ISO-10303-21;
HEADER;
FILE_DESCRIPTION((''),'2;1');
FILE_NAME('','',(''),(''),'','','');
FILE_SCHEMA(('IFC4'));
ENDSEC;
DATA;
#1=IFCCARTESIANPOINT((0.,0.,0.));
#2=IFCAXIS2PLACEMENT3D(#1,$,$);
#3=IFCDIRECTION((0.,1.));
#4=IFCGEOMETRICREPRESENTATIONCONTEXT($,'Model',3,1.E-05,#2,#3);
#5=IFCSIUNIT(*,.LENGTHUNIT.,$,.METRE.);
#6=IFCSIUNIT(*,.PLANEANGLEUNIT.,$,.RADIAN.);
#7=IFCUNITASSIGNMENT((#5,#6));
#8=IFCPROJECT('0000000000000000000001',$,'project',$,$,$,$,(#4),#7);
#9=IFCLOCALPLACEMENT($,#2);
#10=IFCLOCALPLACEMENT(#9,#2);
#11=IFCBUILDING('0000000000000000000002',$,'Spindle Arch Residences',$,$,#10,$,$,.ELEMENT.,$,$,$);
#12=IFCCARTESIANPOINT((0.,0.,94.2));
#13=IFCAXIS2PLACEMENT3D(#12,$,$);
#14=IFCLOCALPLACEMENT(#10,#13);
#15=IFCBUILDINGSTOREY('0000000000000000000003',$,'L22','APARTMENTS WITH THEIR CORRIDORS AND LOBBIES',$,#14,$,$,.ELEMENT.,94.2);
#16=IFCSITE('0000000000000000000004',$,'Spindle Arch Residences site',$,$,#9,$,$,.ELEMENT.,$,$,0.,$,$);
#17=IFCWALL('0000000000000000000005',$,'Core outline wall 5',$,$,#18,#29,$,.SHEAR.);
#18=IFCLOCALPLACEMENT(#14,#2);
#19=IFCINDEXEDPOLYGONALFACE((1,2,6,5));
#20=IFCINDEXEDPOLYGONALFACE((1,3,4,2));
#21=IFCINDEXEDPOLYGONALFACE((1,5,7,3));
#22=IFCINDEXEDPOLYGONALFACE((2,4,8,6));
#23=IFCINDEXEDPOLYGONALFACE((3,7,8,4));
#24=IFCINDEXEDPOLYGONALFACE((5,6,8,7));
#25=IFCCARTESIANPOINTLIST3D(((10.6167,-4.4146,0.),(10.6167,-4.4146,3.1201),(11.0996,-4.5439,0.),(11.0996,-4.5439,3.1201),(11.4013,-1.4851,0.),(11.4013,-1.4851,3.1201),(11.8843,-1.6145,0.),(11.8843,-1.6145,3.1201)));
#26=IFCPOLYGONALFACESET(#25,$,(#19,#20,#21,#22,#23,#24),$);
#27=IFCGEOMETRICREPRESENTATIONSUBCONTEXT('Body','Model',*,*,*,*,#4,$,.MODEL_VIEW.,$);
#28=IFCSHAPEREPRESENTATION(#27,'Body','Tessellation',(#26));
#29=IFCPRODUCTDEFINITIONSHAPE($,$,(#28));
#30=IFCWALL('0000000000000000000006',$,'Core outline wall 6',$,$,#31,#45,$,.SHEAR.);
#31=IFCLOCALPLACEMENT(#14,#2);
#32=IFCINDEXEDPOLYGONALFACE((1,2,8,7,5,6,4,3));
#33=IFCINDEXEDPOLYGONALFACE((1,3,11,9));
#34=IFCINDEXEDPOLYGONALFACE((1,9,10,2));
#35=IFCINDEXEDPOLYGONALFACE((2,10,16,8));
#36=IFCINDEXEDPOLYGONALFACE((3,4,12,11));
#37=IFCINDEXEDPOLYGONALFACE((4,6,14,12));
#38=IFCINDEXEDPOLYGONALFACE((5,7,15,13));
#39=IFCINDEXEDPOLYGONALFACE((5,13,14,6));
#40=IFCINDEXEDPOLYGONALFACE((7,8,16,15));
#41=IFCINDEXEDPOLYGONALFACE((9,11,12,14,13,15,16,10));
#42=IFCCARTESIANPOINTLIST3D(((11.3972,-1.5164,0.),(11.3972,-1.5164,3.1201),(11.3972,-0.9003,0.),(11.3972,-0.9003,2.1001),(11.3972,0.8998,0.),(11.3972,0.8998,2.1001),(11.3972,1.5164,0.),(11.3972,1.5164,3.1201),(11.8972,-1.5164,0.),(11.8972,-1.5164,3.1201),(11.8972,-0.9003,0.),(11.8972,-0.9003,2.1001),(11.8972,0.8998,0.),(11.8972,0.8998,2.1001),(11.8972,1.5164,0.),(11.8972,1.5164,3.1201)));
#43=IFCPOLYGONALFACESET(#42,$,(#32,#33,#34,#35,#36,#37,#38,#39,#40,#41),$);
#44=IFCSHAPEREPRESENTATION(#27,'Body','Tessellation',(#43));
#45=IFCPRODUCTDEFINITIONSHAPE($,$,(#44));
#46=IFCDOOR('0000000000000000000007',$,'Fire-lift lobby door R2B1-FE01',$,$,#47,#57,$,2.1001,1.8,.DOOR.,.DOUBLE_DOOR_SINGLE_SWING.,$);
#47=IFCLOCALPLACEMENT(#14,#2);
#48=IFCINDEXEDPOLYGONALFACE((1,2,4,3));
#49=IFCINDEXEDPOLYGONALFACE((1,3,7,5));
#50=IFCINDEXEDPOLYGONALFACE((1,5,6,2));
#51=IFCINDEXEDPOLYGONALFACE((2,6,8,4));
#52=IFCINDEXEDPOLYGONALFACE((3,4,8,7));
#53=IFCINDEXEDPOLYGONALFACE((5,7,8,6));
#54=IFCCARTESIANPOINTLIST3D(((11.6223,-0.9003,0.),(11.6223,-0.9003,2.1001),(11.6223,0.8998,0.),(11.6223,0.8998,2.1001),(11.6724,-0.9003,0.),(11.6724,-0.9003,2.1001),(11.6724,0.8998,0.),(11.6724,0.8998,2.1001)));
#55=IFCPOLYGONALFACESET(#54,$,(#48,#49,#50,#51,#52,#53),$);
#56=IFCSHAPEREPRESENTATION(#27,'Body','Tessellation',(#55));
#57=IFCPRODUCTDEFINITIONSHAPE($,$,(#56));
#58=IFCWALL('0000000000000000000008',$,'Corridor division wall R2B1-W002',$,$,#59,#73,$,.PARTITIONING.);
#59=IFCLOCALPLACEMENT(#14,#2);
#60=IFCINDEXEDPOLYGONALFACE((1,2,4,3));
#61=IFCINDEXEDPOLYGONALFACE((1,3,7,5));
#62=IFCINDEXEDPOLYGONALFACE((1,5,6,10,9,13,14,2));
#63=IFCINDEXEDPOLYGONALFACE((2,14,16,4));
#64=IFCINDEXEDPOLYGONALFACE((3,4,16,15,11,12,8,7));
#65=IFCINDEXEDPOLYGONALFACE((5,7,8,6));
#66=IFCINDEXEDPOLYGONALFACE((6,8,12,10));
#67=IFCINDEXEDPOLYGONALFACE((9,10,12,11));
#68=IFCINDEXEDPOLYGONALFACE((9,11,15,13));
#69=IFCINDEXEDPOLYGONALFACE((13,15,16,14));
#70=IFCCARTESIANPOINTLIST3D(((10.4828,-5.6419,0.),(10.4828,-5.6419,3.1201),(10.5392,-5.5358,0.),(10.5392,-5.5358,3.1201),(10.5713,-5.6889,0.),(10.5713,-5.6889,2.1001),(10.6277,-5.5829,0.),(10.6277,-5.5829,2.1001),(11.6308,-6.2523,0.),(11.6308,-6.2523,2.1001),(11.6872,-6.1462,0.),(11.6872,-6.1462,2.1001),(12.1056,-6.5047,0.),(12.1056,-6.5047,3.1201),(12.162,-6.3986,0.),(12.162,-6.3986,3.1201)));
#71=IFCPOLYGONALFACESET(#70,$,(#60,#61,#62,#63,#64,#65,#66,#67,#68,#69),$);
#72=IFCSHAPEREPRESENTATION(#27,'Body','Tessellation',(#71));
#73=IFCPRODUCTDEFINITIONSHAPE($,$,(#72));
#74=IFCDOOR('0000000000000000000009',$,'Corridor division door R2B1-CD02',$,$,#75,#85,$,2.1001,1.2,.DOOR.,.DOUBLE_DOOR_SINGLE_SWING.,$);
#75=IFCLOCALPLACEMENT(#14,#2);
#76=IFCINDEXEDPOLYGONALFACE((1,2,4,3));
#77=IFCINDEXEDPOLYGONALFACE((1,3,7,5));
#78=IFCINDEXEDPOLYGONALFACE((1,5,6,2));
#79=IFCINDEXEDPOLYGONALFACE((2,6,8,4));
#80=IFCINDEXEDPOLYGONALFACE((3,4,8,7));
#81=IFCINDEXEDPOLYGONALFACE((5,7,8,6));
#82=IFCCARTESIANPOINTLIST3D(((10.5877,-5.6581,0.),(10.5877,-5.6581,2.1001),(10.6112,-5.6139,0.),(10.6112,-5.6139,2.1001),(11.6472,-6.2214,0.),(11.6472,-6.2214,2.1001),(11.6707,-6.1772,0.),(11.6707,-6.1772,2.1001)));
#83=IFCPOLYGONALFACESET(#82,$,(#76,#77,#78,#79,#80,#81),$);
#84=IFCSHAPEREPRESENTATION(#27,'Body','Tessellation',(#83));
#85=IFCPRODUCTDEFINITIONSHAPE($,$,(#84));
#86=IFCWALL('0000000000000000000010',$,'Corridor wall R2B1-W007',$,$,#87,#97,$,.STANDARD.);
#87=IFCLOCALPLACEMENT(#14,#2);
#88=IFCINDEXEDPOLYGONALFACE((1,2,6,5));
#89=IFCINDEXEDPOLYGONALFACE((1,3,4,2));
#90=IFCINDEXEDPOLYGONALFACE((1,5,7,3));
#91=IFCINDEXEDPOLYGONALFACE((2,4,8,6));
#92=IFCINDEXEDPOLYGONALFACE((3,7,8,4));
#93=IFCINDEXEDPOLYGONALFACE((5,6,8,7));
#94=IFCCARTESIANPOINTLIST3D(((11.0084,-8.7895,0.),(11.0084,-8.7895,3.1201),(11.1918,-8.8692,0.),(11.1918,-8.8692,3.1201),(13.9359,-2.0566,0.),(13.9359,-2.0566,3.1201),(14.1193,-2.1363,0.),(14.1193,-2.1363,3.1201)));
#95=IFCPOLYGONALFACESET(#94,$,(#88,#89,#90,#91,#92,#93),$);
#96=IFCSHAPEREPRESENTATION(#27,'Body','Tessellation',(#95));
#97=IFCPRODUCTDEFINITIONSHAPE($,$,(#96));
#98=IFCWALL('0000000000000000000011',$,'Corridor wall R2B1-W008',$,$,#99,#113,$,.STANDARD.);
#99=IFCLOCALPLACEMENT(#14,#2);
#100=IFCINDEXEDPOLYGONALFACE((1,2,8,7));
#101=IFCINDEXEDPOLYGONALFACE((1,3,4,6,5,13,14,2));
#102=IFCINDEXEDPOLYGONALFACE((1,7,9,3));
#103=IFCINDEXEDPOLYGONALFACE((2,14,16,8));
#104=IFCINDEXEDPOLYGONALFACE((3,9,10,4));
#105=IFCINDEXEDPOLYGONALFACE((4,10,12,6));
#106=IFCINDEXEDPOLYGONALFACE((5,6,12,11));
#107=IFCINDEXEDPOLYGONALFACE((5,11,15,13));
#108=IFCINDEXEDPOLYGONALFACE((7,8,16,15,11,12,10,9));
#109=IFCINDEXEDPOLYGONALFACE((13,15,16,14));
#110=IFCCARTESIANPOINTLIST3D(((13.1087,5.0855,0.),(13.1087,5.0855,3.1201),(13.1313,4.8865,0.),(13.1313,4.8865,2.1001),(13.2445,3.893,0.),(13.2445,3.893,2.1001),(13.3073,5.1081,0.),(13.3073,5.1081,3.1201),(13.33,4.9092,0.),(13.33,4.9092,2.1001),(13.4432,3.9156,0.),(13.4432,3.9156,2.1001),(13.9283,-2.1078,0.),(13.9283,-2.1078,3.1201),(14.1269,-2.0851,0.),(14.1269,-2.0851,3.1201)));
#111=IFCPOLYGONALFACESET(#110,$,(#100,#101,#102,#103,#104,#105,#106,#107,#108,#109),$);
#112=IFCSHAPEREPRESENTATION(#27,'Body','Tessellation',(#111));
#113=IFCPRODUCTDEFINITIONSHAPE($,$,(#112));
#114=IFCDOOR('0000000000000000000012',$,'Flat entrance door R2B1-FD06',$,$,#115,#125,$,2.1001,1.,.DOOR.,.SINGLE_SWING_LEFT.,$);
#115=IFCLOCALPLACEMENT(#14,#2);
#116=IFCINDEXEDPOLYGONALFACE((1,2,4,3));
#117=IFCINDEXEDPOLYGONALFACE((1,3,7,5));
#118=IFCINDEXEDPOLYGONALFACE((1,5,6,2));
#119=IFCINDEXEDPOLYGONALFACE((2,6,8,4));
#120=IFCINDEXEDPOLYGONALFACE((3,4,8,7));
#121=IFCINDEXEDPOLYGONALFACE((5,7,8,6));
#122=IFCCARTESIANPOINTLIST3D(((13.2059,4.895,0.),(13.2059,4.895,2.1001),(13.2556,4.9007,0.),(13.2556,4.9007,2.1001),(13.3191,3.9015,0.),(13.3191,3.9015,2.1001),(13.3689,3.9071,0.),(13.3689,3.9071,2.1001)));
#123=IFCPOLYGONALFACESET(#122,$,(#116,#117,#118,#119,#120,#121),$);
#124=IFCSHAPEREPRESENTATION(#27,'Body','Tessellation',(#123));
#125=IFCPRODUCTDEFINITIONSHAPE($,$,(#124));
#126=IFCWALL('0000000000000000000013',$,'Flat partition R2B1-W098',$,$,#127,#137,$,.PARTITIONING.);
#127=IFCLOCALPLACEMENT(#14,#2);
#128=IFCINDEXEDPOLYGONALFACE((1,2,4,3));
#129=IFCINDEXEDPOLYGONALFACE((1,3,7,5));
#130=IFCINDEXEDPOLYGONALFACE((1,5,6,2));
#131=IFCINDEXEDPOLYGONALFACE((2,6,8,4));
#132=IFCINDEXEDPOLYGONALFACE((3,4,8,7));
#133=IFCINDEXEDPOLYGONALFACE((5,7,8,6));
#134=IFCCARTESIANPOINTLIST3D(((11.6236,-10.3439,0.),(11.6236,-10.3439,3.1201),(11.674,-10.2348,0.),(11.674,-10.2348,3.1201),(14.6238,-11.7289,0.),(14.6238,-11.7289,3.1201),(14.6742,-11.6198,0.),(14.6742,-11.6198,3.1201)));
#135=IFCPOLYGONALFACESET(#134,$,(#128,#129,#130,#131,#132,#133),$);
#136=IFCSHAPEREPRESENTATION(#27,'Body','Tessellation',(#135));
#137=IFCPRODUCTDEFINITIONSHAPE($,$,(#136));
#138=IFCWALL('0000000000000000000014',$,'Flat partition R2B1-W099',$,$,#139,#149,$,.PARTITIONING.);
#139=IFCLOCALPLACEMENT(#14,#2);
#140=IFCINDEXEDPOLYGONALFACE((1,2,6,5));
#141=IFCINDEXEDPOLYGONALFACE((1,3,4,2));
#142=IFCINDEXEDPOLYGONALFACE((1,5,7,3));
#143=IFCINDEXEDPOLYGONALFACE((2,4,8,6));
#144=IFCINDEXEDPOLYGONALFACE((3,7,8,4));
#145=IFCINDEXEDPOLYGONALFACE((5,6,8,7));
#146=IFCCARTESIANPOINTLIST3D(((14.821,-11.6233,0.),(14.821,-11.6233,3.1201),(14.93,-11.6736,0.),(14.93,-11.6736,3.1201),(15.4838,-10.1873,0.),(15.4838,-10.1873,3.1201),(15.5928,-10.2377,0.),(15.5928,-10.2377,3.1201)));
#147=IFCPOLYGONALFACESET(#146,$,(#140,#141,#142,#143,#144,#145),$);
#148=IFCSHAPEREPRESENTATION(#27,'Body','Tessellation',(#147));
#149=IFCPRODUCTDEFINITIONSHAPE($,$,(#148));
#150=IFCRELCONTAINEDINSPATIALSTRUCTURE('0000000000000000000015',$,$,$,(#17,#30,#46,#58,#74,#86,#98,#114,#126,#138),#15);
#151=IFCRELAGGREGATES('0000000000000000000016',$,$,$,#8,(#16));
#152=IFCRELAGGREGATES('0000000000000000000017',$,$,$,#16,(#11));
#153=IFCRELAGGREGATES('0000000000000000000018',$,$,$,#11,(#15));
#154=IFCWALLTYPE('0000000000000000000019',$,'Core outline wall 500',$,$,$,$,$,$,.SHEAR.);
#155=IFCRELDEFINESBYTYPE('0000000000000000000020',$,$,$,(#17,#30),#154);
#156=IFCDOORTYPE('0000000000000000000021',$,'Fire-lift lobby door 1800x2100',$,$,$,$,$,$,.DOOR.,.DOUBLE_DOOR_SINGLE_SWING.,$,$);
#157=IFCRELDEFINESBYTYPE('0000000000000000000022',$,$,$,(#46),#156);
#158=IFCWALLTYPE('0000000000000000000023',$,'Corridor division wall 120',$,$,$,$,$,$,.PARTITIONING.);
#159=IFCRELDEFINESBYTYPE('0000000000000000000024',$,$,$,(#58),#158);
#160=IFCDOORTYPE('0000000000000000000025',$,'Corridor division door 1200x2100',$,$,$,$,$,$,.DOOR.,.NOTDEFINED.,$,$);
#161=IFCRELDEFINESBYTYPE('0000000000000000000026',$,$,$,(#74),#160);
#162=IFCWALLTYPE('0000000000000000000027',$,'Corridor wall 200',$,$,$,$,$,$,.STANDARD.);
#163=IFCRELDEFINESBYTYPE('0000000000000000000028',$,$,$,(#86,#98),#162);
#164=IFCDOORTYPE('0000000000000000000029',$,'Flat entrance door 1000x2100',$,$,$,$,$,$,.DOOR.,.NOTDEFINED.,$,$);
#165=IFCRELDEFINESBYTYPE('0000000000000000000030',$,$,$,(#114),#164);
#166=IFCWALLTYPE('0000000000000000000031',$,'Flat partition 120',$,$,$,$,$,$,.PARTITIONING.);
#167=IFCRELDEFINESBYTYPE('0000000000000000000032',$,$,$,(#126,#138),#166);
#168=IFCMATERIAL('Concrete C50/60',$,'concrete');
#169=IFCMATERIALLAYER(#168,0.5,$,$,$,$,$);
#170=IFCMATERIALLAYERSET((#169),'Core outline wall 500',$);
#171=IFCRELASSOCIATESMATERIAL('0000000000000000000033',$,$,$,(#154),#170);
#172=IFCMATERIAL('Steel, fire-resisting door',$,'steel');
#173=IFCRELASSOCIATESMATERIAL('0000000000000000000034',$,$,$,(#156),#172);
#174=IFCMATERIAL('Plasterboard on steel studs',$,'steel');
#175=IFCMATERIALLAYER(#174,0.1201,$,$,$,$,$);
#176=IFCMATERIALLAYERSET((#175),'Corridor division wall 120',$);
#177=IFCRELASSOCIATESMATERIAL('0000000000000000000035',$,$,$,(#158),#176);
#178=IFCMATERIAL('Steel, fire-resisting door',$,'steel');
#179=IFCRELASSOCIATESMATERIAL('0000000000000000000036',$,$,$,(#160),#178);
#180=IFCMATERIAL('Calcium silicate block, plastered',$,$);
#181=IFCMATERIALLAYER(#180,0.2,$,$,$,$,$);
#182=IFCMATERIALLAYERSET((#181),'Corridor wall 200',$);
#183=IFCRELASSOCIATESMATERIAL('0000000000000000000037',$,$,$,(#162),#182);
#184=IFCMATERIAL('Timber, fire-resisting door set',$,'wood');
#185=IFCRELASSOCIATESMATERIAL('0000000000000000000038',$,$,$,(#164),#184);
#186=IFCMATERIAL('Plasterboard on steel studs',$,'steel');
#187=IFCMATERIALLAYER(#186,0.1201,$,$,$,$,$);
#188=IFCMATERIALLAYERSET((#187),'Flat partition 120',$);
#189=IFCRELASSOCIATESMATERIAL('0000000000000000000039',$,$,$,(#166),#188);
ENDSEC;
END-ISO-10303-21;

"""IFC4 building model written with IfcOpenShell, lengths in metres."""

from ifc_helpers import new_model, si_unit, direction, frame, frame_2d, origin, place, context, subcontext, project, spatial, rectangle, extrude, material, layer, layer_set, type_object, element, fill, save


model = new_model("IFC4")

# Units and contexts
model_context = context("Model", 3, precision=1e-05, world=origin(), true_north=direction((0.0, 1.0)))
body_context = subcontext(model_context, "Body", "Model", "MODEL_VIEW")
ifc_project = project(units=[si_unit("LENGTHUNIT", "METRE"), si_unit("PLANEANGLEUNIT", "RADIAN")], contexts=[model_context])

# Site, building, storey
site_placement = place(None, origin())
site = spatial("IfcSite", under=ifc_project, at=site_placement, Name="Spindle Arch Residences site", CompositionType="ELEMENT", RefElevation=0.0)
building_placement = place(site_placement, origin())
building = spatial("IfcBuilding", under=site, at=building_placement, Name="Spindle Arch Residences", CompositionType="ELEMENT")
storey_placement = place(building_placement, frame((0.0, 0.0, 94.2)))
storey = spatial("IfcBuildingStorey", under=building, at=storey_placement, Name="L22", Description="APARTMENTS WITH THEIR CORRIDORS AND LOBBIES", CompositionType="ELEMENT", Elevation=94.2)

# Wall
ifc_material_1 = material(Name="Concrete C50/60", Category="concrete")
ifc_layer_1 = layer(ifc_material_1, 0.5)
ifc_layer_set_1 = layer_set([ifc_layer_1], Name="Core outline wall 500")
wall_type_1 = type_object("IfcWallType", Name="Core outline wall 500", PredefinedType="SHEAR", material=ifc_layer_set_1)
wall_1_placement = place(storey_placement, frame((10.8582, -4.4792, 0.0), z_axis=(0.0, 0.0, 1.0), x_axis=(0.258735, 0.965948, 0.0)))
element("IfcWall", 1, at=wall_1_placement, inside=storey, type_object=wall_type_1, Name="Core outline wall 5", PredefinedType="SHEAR", context=body_context, shape_type="SweptSolid", body=[
    extrude(rectangle(XDim=3.0327, YDim=0.5, at=frame_2d((1.5164, 0.0))), origin(), (0.0, 0.0, 1.0), 3.1201),
])

# Walls, openings, doors
wall_2_placement = place(storey_placement, frame((11.6472, -1.5164, 0.0), z_axis=(0.0, 0.0, 1.0), x_axis=(0.0, 1.0, 0.0)))
wall_2 = element("IfcWall", 2, at=wall_2_placement, inside=storey, type_object=wall_type_1, Name="Core outline wall 6", PredefinedType="SHEAR", context=body_context, shape_type="SweptSolid", body=[
    extrude(rectangle(XDim=3.0327, YDim=0.5, at=frame_2d((1.5164, 0.0))), origin(), (0.0, 0.0, 1.0), 3.1201),
])
opening_1_placement = place(wall_2_placement, frame((0.6162, 0.0, 0.0)))
opening_1 = element("IfcOpeningElement", 3, at=opening_1_placement, cuts=wall_2, PredefinedType="OPENING", context=body_context, shape_type="SweptSolid", body=[
    extrude(rectangle(XDim=1.8, YDim=2.1001, at=frame_2d((0.8999, 1.05))), frame((0.0, 0.26, 0.0), z_axis=(0.0, -1.0, 0.0), x_axis=(1.0, 0.0, 0.0)), (0.0, 0.0, 1.0), 0.52),
])
ifc_material_2 = material(Name="Steel, fire-resisting door", Category="steel")
door_type_1 = type_object("IfcDoorType", Name="Fire-lift lobby door 1800x2100", OperationType="DOUBLE_DOOR_SINGLE_SWING", PredefinedType="DOOR", material=ifc_material_2)
door_1_placement = place(opening_1_placement, origin())
door_1 = element("IfcDoor", 4, at=door_1_placement, inside=storey, type_object=door_type_1, Name="Fire-lift lobby door R2B1-FE01", OperationType="DOUBLE_DOOR_SINGLE_SWING", OverallHeight=2.1001, OverallWidth=1.8, PredefinedType="DOOR", context=body_context, shape_type="SweptSolid", body=[
    extrude(rectangle(XDim=1.8, YDim=2.1001, at=frame_2d((0.8999, 1.05))), frame((0.0, 0.0249, 0.0), z_axis=(0.0, -1.0, 0.0), x_axis=(1.0, 0.0, 0.0)), (0.0, 0.0, 1.0), 0.05),
])
fill(opening_1, door_1)
ifc_material_3 = material(Name="Plasterboard on steel studs", Category="steel")
ifc_layer_2 = layer(ifc_material_3, 0.1201)
ifc_layer_set_2 = layer_set([ifc_layer_2], Name="Corridor division wall 120")
wall_type_2 = type_object("IfcWallType", Name="Corridor division wall 120", PredefinedType="PARTITIONING", material=ifc_layer_set_2)
wall_3_placement = place(storey_placement, frame((10.511, -5.5889, 0.0), z_axis=(0.0, 0.0, 1.0), x_axis=(0.882963, -0.469443, 0.0)))
wall_3 = element("IfcWall", 5, at=wall_3_placement, inside=storey, type_object=wall_type_2, Name="Corridor division wall R2B1-W002", PredefinedType="PARTITIONING", context=body_context, shape_type="SweptSolid", body=[
    extrude(rectangle(XDim=1.8379, YDim=0.1201, at=frame_2d((0.9189, 0.0))), origin(), (0.0, 0.0, 1.0), 3.1201),
])
opening_2_placement = place(wall_3_placement, frame((0.1001, 0.0, 0.0)))
opening_2 = element("IfcOpeningElement", 6, at=opening_2_placement, cuts=wall_3, PredefinedType="OPENING", context=body_context, shape_type="SweptSolid", body=[
    extrude(rectangle(XDim=1.2, YDim=2.1001, at=frame_2d((0.6001, 1.05))), frame((0.0, 0.0701, 0.0), z_axis=(0.0, -1.0, 0.0), x_axis=(1.0, 0.0, 0.0)), (0.0, 0.0, 1.0), 0.1401),
])
ifc_material_4 = material(Name="Steel, fire-resisting door", Category="steel")
door_type_2 = type_object("IfcDoorType", Name="Corridor division door 1200x2100", OperationType="NOTDEFINED", PredefinedType="DOOR", material=ifc_material_4)
door_2_placement = place(opening_2_placement, origin())
door_2 = element("IfcDoor", 7, at=door_2_placement, inside=storey, type_object=door_type_2, Name="Corridor division door R2B1-CD02", OperationType="DOUBLE_DOOR_SINGLE_SWING", OverallHeight=2.1001, OverallWidth=1.2, PredefinedType="DOOR", context=body_context, shape_type="SweptSolid", body=[
    extrude(rectangle(XDim=1.2, YDim=2.1001, at=frame_2d((0.6001, 1.05))), frame((0.0, 0.0249, 0.0), z_axis=(0.0, -1.0, 0.0), x_axis=(1.0, 0.0, 0.0)), (0.0, 0.0, 1.0), 0.05),
])
fill(opening_2, door_2)

# Wall
ifc_material_5 = material(Name="Calcium silicate block, plastered")
ifc_layer_3 = layer(ifc_material_5, 0.2)
ifc_layer_set_3 = layer_set([ifc_layer_3], Name="Corridor wall 200")
wall_type_3 = type_object("IfcWallType", Name="Corridor wall 200", PredefinedType="STANDARD", material=ifc_layer_set_3)
wall_4_placement = place(storey_placement, frame((11.1001, -8.8293, 0.0), z_axis=(0.0, 0.0, 1.0), x_axis=(0.398742, 0.917063, 0.0)))
element("IfcWall", 8, at=wall_4_placement, inside=storey, type_object=wall_type_3, Name="Corridor wall R2B1-W007", PredefinedType="STANDARD", context=body_context, shape_type="SweptSolid", body=[
    extrude(rectangle(XDim=7.3418, YDim=0.2, at=frame_2d((3.6709, 0.0))), origin(), (0.0, 0.0, 1.0), 3.1201),
])

# Wall, opening, door
wall_5_placement = place(storey_placement, frame((14.0276, -2.0964, 0.0), z_axis=(0.0, 0.0, 1.0), x_axis=(-0.113207, 0.993571, 0.0)))
wall_5 = element("IfcWall", 9, at=wall_5_placement, inside=storey, type_object=wall_type_3, Name="Corridor wall R2B1-W008", PredefinedType="STANDARD", context=body_context, shape_type="SweptSolid", body=[
    extrude(rectangle(XDim=7.2397, YDim=0.2, at=frame_2d((3.6199, 0.0))), origin(), (0.0, 0.0, 1.0), 3.1201),
])
opening_3_placement = place(wall_5_placement, frame((6.0396, 0.0, 0.0)))
opening_3 = element("IfcOpeningElement", 10, at=opening_3_placement, cuts=wall_5, PredefinedType="OPENING", context=body_context, shape_type="SweptSolid", body=[
    extrude(rectangle(XDim=1.0, YDim=2.1001, at=frame_2d((0.5, 1.05))), frame((0.0, 0.1099, 0.0), z_axis=(0.0, -1.0, 0.0), x_axis=(1.0, 0.0, 0.0)), (0.0, 0.0, 1.0), 0.22),
])
ifc_material_6 = material(Name="Timber, fire-resisting door set", Category="wood")
door_type_3 = type_object("IfcDoorType", Name="Flat entrance door 1000x2100", OperationType="NOTDEFINED", PredefinedType="DOOR", material=ifc_material_6)
door_3_placement = place(opening_3_placement, origin())
door_3 = element("IfcDoor", 11, at=door_3_placement, inside=storey, type_object=door_type_3, Name="Flat entrance door R2B1-FD06", OperationType="SINGLE_SWING_LEFT", OverallHeight=2.1001, OverallWidth=1.0, PredefinedType="DOOR", context=body_context, shape_type="SweptSolid", body=[
    extrude(rectangle(XDim=1.0, YDim=2.1001, at=frame_2d((0.5, 1.05))), frame((0.0, 0.0249, 0.0), z_axis=(0.0, -1.0, 0.0), x_axis=(1.0, 0.0, 0.0)), (0.0, 0.0, 1.0), 0.05),
])
fill(opening_3, door_3)

# Walls
ifc_material_7 = material(Name="Plasterboard on steel studs", Category="steel")
ifc_layer_4 = layer(ifc_material_7, 0.1201)
ifc_layer_set_4 = layer_set([ifc_layer_4], Name="Flat partition 120")
wall_type_4 = type_object("IfcWallType", Name="Flat partition 120", PredefinedType="PARTITIONING", material=ifc_layer_set_4)
wall_6_placement = place(storey_placement, frame((11.6487, -10.2893, 0.0), z_axis=(0.0, 0.0, 1.0), x_axis=(0.907927, -0.419128, 0.0)))
element("IfcWall", 12, at=wall_6_placement, inside=storey, type_object=wall_type_4, Name="Flat partition R2B1-W098", PredefinedType="PARTITIONING", context=body_context, shape_type="SweptSolid", body=[
    extrude(rectangle(XDim=3.3044, YDim=0.1201, at=frame_2d((1.6523, 0.0))), origin(), (0.0, 0.0, 1.0), 3.1201),
])
wall_7_placement = place(storey_placement, frame((14.8755, -11.6484, 0.0), z_axis=(0.0, 0.0, 1.0), x_axis=(0.419088, 0.907946, 0.0)))
element("IfcWall", 13, at=wall_7_placement, inside=storey, type_object=wall_type_4, Name="Flat partition R2B1-W099", PredefinedType="PARTITIONING", context=body_context, shape_type="SweptSolid", body=[
    extrude(rectangle(XDim=1.5815, YDim=0.1201, at=frame_2d((0.7908, 0.0))), origin(), (0.0, 0.0, 1.0), 3.1201),
])

save(model, "model.ifc")
